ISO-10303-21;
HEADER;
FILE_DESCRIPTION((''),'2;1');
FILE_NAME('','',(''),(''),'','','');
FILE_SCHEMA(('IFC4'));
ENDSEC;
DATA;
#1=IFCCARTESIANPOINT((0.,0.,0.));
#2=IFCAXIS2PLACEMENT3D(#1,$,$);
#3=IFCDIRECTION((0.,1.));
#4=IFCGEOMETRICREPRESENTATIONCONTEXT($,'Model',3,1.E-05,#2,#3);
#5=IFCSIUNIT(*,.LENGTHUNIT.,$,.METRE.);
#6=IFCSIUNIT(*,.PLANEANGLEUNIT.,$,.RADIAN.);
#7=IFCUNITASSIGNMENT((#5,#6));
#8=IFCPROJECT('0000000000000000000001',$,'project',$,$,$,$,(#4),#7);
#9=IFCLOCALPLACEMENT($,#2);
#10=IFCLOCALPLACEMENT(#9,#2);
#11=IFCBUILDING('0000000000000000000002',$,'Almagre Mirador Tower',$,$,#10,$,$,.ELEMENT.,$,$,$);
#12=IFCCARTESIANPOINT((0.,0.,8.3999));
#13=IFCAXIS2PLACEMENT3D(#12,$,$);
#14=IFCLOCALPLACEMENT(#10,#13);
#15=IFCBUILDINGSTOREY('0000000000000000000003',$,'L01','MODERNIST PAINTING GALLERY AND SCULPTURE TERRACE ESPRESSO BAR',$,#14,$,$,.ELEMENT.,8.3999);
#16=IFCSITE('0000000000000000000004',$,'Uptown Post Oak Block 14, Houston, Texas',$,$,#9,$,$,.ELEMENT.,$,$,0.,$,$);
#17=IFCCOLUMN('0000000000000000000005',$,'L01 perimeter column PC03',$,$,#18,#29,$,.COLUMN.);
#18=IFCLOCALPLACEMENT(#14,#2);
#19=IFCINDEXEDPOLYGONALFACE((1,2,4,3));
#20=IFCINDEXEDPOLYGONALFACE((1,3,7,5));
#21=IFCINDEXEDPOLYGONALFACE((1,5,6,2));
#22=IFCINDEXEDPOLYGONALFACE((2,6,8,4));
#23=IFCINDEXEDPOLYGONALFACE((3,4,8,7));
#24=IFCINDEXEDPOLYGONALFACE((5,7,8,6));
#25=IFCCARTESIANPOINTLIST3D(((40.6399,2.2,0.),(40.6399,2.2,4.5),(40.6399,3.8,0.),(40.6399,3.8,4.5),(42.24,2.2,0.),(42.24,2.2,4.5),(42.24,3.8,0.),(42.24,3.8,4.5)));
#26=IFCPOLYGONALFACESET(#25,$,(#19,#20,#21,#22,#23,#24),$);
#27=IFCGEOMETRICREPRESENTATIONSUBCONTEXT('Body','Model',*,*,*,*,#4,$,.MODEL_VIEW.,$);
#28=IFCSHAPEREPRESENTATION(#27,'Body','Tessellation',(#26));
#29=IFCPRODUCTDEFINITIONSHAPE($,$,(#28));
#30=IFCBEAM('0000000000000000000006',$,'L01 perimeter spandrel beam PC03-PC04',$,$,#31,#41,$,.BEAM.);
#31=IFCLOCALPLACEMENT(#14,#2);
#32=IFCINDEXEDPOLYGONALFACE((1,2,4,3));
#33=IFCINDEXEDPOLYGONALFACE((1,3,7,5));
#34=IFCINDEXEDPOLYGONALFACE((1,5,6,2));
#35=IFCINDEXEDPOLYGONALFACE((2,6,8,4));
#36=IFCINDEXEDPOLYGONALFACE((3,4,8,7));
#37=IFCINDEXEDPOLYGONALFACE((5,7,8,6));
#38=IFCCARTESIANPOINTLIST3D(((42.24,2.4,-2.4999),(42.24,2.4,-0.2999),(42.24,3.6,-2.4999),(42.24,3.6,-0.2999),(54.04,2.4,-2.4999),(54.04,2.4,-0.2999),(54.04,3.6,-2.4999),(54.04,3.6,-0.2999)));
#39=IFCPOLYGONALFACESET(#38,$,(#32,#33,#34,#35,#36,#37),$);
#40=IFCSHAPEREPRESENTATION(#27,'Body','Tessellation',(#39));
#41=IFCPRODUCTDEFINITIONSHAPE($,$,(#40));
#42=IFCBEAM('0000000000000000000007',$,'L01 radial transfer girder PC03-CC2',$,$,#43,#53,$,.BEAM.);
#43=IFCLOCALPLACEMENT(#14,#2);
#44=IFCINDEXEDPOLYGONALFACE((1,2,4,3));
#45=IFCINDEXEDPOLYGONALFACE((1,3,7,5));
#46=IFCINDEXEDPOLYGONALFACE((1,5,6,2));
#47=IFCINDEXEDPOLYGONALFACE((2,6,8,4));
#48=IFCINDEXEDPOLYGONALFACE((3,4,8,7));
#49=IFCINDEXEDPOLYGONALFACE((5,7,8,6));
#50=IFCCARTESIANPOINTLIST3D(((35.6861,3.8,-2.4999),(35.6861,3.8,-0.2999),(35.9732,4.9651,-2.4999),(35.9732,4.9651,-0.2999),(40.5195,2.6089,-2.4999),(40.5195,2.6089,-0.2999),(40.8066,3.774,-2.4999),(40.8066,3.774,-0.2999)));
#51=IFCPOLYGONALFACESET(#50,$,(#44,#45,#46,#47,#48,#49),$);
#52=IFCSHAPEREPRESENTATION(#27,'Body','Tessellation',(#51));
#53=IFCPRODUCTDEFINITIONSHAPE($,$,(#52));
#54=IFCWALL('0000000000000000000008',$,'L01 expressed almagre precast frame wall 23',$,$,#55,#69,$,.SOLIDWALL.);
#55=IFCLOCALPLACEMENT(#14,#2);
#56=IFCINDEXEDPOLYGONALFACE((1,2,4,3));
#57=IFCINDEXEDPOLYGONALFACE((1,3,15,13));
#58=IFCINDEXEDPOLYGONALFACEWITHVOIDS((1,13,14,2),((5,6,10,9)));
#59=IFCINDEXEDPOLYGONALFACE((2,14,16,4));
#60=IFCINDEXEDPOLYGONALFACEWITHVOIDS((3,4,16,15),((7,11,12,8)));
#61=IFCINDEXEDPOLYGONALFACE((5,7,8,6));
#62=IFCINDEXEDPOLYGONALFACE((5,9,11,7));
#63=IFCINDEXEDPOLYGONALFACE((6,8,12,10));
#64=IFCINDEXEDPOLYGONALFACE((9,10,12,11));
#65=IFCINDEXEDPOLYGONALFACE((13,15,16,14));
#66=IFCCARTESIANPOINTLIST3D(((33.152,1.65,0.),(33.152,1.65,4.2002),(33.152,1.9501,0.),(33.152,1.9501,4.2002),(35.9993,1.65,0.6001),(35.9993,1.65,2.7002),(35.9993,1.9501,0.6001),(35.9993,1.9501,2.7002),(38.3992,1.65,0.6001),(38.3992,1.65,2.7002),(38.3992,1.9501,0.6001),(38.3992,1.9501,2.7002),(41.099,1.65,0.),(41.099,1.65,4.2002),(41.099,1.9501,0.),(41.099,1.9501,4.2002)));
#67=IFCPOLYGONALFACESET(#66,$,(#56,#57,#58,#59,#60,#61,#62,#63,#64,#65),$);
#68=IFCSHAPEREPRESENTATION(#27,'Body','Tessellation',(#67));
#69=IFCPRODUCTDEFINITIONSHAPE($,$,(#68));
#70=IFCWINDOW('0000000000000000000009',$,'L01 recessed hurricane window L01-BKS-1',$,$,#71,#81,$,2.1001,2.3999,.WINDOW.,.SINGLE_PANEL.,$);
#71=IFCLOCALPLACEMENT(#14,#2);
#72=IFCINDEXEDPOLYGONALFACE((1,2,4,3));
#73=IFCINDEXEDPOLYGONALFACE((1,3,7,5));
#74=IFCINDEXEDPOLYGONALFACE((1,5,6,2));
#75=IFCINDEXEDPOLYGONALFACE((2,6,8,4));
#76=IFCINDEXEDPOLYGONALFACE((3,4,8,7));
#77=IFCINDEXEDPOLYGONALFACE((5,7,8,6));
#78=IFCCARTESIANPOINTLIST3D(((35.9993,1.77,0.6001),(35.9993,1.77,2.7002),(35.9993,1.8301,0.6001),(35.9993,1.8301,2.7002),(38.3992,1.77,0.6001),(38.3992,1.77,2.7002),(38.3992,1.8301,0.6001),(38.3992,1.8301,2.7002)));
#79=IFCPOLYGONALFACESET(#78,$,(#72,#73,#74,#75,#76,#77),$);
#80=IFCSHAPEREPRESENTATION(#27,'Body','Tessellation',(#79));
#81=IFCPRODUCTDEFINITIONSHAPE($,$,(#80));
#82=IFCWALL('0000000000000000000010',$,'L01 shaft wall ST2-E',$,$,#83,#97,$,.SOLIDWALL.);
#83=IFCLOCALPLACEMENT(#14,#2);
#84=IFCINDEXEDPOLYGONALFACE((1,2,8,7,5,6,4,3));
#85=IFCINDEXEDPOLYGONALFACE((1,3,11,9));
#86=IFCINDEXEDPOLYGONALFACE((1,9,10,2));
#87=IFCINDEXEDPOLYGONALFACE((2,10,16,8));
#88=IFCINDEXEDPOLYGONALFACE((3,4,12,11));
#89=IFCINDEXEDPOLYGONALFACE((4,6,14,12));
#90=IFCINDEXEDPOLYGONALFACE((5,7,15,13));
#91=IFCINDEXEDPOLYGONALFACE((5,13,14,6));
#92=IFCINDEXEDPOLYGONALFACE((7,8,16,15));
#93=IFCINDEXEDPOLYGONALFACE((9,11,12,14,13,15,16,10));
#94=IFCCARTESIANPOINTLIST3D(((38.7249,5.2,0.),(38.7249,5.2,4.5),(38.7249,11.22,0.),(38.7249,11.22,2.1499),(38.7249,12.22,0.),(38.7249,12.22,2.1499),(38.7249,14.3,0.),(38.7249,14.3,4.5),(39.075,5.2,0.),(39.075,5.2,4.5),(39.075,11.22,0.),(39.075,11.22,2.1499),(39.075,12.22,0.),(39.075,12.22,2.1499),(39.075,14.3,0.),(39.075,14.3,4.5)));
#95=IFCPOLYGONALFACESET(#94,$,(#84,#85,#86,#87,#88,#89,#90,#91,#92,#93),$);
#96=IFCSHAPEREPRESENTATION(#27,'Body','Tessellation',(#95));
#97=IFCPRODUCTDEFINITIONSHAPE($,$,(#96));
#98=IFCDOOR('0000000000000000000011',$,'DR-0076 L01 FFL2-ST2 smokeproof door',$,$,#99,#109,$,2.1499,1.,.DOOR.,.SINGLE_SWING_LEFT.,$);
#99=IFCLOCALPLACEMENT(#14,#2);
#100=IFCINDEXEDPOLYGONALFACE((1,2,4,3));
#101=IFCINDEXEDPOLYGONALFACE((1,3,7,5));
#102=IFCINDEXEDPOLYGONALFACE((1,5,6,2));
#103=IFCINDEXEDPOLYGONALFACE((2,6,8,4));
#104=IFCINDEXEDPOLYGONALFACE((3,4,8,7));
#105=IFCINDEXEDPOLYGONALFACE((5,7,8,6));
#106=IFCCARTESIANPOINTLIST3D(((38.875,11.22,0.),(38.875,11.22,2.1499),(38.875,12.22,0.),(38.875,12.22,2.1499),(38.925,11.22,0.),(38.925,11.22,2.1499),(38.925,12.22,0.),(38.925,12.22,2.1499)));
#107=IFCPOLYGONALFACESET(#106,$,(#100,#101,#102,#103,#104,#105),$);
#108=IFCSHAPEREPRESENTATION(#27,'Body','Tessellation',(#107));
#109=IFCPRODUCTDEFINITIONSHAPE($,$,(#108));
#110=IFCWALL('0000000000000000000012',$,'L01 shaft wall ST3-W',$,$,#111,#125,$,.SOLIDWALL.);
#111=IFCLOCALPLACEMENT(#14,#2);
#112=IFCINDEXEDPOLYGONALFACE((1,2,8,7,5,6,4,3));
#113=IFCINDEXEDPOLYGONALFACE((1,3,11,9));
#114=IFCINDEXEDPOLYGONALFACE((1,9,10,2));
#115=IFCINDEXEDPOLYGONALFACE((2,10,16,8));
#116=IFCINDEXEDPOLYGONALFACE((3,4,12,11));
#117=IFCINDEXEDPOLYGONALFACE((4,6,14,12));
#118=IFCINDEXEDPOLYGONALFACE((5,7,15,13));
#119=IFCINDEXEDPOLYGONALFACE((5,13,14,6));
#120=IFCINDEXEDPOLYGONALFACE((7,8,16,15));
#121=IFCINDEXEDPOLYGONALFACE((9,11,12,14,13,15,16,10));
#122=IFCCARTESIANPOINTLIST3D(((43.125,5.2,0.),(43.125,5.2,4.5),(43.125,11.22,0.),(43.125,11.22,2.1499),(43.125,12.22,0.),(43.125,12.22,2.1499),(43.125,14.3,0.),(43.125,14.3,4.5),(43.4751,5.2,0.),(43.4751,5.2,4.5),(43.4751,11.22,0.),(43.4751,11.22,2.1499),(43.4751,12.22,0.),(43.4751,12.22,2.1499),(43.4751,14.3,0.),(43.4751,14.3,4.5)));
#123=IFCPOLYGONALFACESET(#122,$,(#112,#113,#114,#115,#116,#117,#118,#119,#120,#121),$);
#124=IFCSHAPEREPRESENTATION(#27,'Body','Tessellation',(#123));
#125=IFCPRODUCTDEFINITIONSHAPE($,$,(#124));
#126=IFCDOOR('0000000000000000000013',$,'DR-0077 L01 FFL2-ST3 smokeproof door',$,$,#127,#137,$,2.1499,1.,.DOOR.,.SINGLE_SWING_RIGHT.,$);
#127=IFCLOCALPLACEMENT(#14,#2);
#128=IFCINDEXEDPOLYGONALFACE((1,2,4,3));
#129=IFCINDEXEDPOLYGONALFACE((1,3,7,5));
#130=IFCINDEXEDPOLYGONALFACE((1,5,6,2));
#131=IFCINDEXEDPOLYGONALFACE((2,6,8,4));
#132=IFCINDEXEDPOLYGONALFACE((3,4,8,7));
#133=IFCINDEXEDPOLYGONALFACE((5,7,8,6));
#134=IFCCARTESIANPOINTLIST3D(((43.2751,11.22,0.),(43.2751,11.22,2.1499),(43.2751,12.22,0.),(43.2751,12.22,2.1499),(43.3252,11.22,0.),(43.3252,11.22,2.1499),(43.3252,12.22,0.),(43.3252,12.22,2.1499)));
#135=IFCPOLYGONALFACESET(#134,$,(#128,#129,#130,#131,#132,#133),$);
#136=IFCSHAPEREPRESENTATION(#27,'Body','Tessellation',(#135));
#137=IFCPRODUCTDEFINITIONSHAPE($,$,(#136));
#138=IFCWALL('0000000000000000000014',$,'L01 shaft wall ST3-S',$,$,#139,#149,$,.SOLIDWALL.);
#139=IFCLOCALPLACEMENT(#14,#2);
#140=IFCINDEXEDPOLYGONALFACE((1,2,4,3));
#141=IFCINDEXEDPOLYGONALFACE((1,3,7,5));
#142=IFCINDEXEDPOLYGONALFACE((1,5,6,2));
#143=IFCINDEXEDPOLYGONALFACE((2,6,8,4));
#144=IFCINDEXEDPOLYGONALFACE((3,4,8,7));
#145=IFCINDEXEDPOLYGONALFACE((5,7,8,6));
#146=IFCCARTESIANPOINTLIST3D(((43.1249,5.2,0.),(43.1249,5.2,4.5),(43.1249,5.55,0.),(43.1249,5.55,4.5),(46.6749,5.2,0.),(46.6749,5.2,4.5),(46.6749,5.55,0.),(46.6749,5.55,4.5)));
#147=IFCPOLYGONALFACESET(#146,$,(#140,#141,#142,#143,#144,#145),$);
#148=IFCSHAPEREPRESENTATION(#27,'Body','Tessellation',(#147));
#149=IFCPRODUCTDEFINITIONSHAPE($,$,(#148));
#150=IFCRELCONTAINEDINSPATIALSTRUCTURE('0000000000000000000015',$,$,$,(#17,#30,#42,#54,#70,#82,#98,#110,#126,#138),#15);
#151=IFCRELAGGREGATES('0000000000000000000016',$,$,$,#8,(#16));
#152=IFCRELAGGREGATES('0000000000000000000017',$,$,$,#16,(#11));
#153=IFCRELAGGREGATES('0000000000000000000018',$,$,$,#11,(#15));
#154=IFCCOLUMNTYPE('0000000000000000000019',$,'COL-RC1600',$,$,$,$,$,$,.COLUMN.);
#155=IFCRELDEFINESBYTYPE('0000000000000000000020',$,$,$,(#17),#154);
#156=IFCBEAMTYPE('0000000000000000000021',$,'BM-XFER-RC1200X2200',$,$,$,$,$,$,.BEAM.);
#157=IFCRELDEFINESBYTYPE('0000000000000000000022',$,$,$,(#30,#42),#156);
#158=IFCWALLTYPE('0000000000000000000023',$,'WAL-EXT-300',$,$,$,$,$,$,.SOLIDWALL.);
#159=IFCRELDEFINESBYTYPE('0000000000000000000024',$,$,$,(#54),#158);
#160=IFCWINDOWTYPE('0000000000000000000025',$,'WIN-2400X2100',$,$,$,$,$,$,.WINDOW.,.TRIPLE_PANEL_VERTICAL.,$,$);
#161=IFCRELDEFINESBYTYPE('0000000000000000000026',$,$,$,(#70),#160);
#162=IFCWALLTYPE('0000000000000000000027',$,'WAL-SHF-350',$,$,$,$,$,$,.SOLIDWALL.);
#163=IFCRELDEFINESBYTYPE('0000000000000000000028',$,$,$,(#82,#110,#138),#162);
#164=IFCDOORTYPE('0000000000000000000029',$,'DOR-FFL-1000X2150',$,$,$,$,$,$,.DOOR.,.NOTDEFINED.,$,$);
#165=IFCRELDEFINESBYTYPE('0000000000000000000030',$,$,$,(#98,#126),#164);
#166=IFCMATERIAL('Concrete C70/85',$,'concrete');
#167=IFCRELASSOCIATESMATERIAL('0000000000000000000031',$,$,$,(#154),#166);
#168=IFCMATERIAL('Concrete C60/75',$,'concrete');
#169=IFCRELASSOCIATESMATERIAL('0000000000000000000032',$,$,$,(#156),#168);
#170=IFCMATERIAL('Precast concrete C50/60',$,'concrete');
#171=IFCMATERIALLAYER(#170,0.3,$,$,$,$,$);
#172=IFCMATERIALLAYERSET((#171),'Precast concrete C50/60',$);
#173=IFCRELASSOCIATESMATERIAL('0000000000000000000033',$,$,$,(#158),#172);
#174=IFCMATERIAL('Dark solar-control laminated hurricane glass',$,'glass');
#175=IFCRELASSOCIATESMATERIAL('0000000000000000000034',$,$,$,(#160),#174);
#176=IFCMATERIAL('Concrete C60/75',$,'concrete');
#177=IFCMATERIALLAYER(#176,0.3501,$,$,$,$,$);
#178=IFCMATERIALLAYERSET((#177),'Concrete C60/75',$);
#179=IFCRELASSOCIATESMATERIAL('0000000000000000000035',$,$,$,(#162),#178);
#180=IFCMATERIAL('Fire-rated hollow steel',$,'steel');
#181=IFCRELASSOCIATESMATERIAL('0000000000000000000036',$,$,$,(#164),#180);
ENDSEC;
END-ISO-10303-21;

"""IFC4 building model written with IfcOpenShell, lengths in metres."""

from ifc_helpers import new_model, si_unit, direction, frame, frame_2d, origin, origin_2d, place, context, subcontext, project, spatial, rectangle, extrude, material, layer, layer_set, material_profile, profile_set, type_object, element, fill, save


model = new_model("IFC4")

# Units and contexts
model_context = context("Model", 3, precision=1e-05, world=origin(), true_north=direction((0.0, 1.0)))
body_context = subcontext(model_context, "Body", "Model", "MODEL_VIEW")
ifc_project = project(units=[si_unit("LENGTHUNIT", "METRE"), si_unit("PLANEANGLEUNIT", "RADIAN")], contexts=[model_context])

# Site, building, storey
site_placement = place(None, origin())
site = spatial("IfcSite", under=ifc_project, at=site_placement, Name="Uptown Post Oak Block 14, Houston, Texas", CompositionType="ELEMENT", RefElevation=0.0)
building_placement = place(site_placement, origin())
building = spatial("IfcBuilding", under=site, at=building_placement, Name="Almagre Mirador Tower", CompositionType="ELEMENT")
storey_placement = place(building_placement, frame((0.0, 0.0, 8.3999)))
storey = spatial("IfcBuildingStorey", under=building, at=storey_placement, Name="L01", Description="MODERNIST PAINTING GALLERY AND SCULPTURE TERRACE ESPRESSO BAR", CompositionType="ELEMENT", Elevation=8.3999)

# Column
ifc_material_1 = material(Name="Concrete C70/85", Category="concrete")
ifc_material_profile_1 = material_profile(ifc_material_1, rectangle(XDim=1.6001, YDim=1.6001, at=origin_2d()), Name="RC1600X1600")
ifc_profile_set_1 = profile_set([ifc_material_profile_1], Name="Concrete C70/85")
column_type = type_object("IfcColumnType", Name="COL-RC1600", PredefinedType="COLUMN", material=ifc_profile_set_1)
column_placement = place(storey_placement, frame((41.4399, 3.0, 0.0), z_axis=(0.0, 0.0, 1.0), x_axis=(1.0, 0.0, 0.0)))
element("IfcColumn", 1, at=column_placement, inside=storey, type_object=column_type, Name="L01 perimeter column PC03", PredefinedType="COLUMN", context=body_context, shape_type="SweptSolid", body=[
    extrude(rectangle(XDim=1.6001, YDim=1.6001, at=origin_2d()), origin(), (0.0, 0.0, 1.0), 4.5),
])

# Beams
ifc_material_2 = material(Name="Concrete C60/75", Category="concrete")
ifc_material_profile_2 = material_profile(ifc_material_2, rectangle(XDim=1.2, YDim=2.2, at=origin_2d()), Name="RC1200X2200")
ifc_profile_set_2 = profile_set([ifc_material_profile_2], Name="Concrete C60/75")
beam_type = type_object("IfcBeamType", Name="BM-XFER-RC1200X2200", PredefinedType="BEAM", material=ifc_profile_set_2)
beam_1_placement = place(storey_placement, frame((42.24, 3.0, -1.3999), z_axis=(1.0, 0.0, 0.0), x_axis=(0.0, 1.0, 0.0)))
element("IfcBeam", 2, at=beam_1_placement, inside=storey, type_object=beam_type, Name="L01 perimeter spandrel beam PC03-PC04", PredefinedType="BEAM", context=body_context, shape_type="SweptSolid", body=[
    extrude(rectangle(XDim=1.2, YDim=2.2, at=origin_2d()), origin(), (0.0, 0.0, 1.0), 11.8),
])
beam_2_placement = place(storey_placement, frame((40.6631, 3.1914, -1.3999), z_axis=(-0.970951, 0.23928, 0.0), x_axis=(-0.23928, -0.970951, 0.0)))
element("IfcBeam", 3, at=beam_2_placement, inside=storey, type_object=beam_type, Name="L01 radial transfer girder PC03-CC2", PredefinedType="BEAM", context=body_context, shape_type="SweptSolid", body=[
    extrude(rectangle(XDim=1.2, YDim=2.2, at=origin_2d()), origin(), (0.0, 0.0, 1.0), 4.978),
])

# Wall, opening, window
ifc_material_3 = material(Name="Precast concrete C50/60", Category="concrete")
ifc_layer_1 = layer(ifc_material_3, 0.3)
ifc_layer_set_1 = layer_set([ifc_layer_1], Name="Precast concrete C50/60")
wall_type_1 = type_object("IfcWallType", Name="WAL-EXT-300", PredefinedType="SOLIDWALL", material=ifc_layer_set_1)
wall_1_placement = place(storey_placement, frame((41.0991, 1.8, 0.0), z_axis=(0.0, 0.0, 1.0), x_axis=(-1.0, 0.0, 0.0)))
wall_1 = element("IfcWall", 4, at=wall_1_placement, inside=storey, type_object=wall_type_1, Name="L01 expressed almagre precast frame wall 23", PredefinedType="SOLIDWALL", context=body_context, shape_type="SweptSolid", body=[
    extrude(rectangle(XDim=7.947, YDim=0.3, at=frame_2d((3.9736, 0.0))), origin(), (0.0, 0.0, 1.0), 4.2002),
])
opening_1_placement = place(wall_1_placement, frame((2.7, 0.0, 0.6001)))
opening_1 = element("IfcOpeningElement", 5, at=opening_1_placement, cuts=wall_1, PredefinedType="OPENING", context=body_context, shape_type="SweptSolid", body=[
    extrude(rectangle(XDim=2.3999, YDim=2.1001, at=frame_2d((1.2, 1.05))), frame((0.0, 0.1599, 0.0), z_axis=(0.0, -1.0, 0.0), x_axis=(1.0, 0.0, 0.0)), (0.0, 0.0, 1.0), 0.32),
])
ifc_material_4 = material(Name="Dark solar-control laminated hurricane glass", Category="glass")
window_type = type_object("IfcWindowType", Name="WIN-2400X2100", PartitioningType="TRIPLE_PANEL_VERTICAL", PredefinedType="WINDOW", material=ifc_material_4)
window_placement = place(opening_1_placement, origin())
window = element("IfcWindow", 6, at=window_placement, inside=storey, type_object=window_type, Name="L01 recessed hurricane window L01-BKS-1", OverallHeight=2.1001, OverallWidth=2.3999, PartitioningType="SINGLE_PANEL", PredefinedType="WINDOW", context=body_context, shape_type="SweptSolid", body=[
    extrude(rectangle(XDim=2.3999, YDim=2.1001, at=frame_2d((1.2, 1.05))), frame((0.0, 0.03, 0.0), z_axis=(0.0, -1.0, 0.0), x_axis=(1.0, 0.0, 0.0)), (0.0, 0.0, 1.0), 0.0601),
])
fill(opening_1, window)

# Walls, openings, doors
ifc_material_5 = material(Name="Concrete C60/75", Category="concrete")
ifc_layer_2 = layer(ifc_material_5, 0.3501)
ifc_layer_set_2 = layer_set([ifc_layer_2], Name="Concrete C60/75")
wall_type_2 = type_object("IfcWallType", Name="WAL-SHF-350", PredefinedType="SOLIDWALL", material=ifc_layer_set_2)
wall_2_placement = place(storey_placement, frame((38.8999, 5.2, 0.0), z_axis=(0.0, 0.0, 1.0), x_axis=(0.0, 1.0, 0.0)))
wall_2 = element("IfcWall", 7, at=wall_2_placement, inside=storey, type_object=wall_type_2, Name="L01 shaft wall ST2-E", PredefinedType="SOLIDWALL", context=body_context, shape_type="SweptSolid", body=[
    extrude(rectangle(XDim=9.1001, YDim=0.3501, at=frame_2d((4.55, 0.0))), origin(), (0.0, 0.0, 1.0), 4.5),
])
opening_2_placement = place(wall_2_placement, frame((6.02, 0.0, 0.0)))
opening_2 = element("IfcOpeningElement", 8, at=opening_2_placement, cuts=wall_2, PredefinedType="OPENING", context=body_context, shape_type="SweptSolid", body=[
    extrude(rectangle(XDim=1.0, YDim=2.1499, at=frame_2d((0.5, 1.075))), frame((0.0, 0.185, 0.0), z_axis=(0.0, -1.0, 0.0), x_axis=(1.0, 0.0, 0.0)), (0.0, 0.0, 1.0), 0.3701),
])
ifc_material_6 = material(Name="Fire-rated hollow steel", Category="steel")
door_type_1 = type_object("IfcDoorType", Name="DOR-FFL-1000X2150", OperationType="NOTDEFINED", PredefinedType="DOOR", material=ifc_material_6)
door_1_placement = place(opening_2_placement, origin())
door_1 = element("IfcDoor", 9, at=door_1_placement, inside=storey, type_object=door_type_1, Name="DR-0076 L01 FFL2-ST2 smokeproof door", OperationType="SINGLE_SWING_LEFT", OverallHeight=2.1499, OverallWidth=1.0, PredefinedType="DOOR", context=body_context, shape_type="SweptSolid", body=[
    extrude(rectangle(XDim=1.0, YDim=2.1499, at=frame_2d((0.5, 1.075))), frame((0.0, 0.0249, 0.0), z_axis=(0.0, -1.0, 0.0), x_axis=(1.0, 0.0, 0.0)), (0.0, 0.0, 1.0), 0.05),
])
fill(opening_2, door_1)
wall_3_placement = place(storey_placement, frame((43.3, 5.2, 0.0), z_axis=(0.0, 0.0, 1.0), x_axis=(0.0, 1.0, 0.0)))
wall_3 = element("IfcWall", 10, at=wall_3_placement, inside=storey, type_object=wall_type_2, Name="L01 shaft wall ST3-W", PredefinedType="SOLIDWALL", context=body_context, shape_type="SweptSolid", body=[
    extrude(rectangle(XDim=9.1001, YDim=0.3501, at=frame_2d((4.55, 0.0))), origin(), (0.0, 0.0, 1.0), 4.5),
])
opening_3_placement = place(wall_3_placement, frame((6.02, 0.0, 0.0)))
opening_3 = element("IfcOpeningElement", 11, at=opening_3_placement, cuts=wall_3, PredefinedType="OPENING", context=body_context, shape_type="SweptSolid", body=[
    extrude(rectangle(XDim=1.0, YDim=2.1499, at=frame_2d((0.5, 1.075))), frame((0.0, 0.185, 0.0), z_axis=(0.0, -1.0, 0.0), x_axis=(1.0, 0.0, 0.0)), (0.0, 0.0, 1.0), 0.3701),
])
door_2_placement = place(opening_3_placement, origin())
door_2 = element("IfcDoor", 12, at=door_2_placement, inside=storey, type_object=door_type_1, Name="DR-0077 L01 FFL2-ST3 smokeproof door", OperationType="SINGLE_SWING_RIGHT", OverallHeight=2.1499, OverallWidth=1.0, PredefinedType="DOOR", context=body_context, shape_type="SweptSolid", body=[
    extrude(rectangle(XDim=1.0, YDim=2.1499, at=frame_2d((0.5, 1.075))), frame((0.0, 0.0249, 0.0), z_axis=(0.0, -1.0, 0.0), x_axis=(1.0, 0.0, 0.0)), (0.0, 0.0, 1.0), 0.05),
])
fill(opening_3, door_2)

# Wall
wall_4_placement = place(storey_placement, frame((43.125, 5.375, 0.0), z_axis=(0.0, 0.0, 1.0), x_axis=(1.0, 0.0, 0.0)))
element("IfcWall", 13, at=wall_4_placement, inside=storey, type_object=wall_type_2, Name="L01 shaft wall ST3-S", PredefinedType="SOLIDWALL", context=body_context, shape_type="SweptSolid", body=[
    extrude(rectangle(XDim=3.55, YDim=0.3501, at=frame_2d((1.7749, 0.0))), origin(), (0.0, 0.0, 1.0), 4.5),
])

save(model, "model.ifc")
